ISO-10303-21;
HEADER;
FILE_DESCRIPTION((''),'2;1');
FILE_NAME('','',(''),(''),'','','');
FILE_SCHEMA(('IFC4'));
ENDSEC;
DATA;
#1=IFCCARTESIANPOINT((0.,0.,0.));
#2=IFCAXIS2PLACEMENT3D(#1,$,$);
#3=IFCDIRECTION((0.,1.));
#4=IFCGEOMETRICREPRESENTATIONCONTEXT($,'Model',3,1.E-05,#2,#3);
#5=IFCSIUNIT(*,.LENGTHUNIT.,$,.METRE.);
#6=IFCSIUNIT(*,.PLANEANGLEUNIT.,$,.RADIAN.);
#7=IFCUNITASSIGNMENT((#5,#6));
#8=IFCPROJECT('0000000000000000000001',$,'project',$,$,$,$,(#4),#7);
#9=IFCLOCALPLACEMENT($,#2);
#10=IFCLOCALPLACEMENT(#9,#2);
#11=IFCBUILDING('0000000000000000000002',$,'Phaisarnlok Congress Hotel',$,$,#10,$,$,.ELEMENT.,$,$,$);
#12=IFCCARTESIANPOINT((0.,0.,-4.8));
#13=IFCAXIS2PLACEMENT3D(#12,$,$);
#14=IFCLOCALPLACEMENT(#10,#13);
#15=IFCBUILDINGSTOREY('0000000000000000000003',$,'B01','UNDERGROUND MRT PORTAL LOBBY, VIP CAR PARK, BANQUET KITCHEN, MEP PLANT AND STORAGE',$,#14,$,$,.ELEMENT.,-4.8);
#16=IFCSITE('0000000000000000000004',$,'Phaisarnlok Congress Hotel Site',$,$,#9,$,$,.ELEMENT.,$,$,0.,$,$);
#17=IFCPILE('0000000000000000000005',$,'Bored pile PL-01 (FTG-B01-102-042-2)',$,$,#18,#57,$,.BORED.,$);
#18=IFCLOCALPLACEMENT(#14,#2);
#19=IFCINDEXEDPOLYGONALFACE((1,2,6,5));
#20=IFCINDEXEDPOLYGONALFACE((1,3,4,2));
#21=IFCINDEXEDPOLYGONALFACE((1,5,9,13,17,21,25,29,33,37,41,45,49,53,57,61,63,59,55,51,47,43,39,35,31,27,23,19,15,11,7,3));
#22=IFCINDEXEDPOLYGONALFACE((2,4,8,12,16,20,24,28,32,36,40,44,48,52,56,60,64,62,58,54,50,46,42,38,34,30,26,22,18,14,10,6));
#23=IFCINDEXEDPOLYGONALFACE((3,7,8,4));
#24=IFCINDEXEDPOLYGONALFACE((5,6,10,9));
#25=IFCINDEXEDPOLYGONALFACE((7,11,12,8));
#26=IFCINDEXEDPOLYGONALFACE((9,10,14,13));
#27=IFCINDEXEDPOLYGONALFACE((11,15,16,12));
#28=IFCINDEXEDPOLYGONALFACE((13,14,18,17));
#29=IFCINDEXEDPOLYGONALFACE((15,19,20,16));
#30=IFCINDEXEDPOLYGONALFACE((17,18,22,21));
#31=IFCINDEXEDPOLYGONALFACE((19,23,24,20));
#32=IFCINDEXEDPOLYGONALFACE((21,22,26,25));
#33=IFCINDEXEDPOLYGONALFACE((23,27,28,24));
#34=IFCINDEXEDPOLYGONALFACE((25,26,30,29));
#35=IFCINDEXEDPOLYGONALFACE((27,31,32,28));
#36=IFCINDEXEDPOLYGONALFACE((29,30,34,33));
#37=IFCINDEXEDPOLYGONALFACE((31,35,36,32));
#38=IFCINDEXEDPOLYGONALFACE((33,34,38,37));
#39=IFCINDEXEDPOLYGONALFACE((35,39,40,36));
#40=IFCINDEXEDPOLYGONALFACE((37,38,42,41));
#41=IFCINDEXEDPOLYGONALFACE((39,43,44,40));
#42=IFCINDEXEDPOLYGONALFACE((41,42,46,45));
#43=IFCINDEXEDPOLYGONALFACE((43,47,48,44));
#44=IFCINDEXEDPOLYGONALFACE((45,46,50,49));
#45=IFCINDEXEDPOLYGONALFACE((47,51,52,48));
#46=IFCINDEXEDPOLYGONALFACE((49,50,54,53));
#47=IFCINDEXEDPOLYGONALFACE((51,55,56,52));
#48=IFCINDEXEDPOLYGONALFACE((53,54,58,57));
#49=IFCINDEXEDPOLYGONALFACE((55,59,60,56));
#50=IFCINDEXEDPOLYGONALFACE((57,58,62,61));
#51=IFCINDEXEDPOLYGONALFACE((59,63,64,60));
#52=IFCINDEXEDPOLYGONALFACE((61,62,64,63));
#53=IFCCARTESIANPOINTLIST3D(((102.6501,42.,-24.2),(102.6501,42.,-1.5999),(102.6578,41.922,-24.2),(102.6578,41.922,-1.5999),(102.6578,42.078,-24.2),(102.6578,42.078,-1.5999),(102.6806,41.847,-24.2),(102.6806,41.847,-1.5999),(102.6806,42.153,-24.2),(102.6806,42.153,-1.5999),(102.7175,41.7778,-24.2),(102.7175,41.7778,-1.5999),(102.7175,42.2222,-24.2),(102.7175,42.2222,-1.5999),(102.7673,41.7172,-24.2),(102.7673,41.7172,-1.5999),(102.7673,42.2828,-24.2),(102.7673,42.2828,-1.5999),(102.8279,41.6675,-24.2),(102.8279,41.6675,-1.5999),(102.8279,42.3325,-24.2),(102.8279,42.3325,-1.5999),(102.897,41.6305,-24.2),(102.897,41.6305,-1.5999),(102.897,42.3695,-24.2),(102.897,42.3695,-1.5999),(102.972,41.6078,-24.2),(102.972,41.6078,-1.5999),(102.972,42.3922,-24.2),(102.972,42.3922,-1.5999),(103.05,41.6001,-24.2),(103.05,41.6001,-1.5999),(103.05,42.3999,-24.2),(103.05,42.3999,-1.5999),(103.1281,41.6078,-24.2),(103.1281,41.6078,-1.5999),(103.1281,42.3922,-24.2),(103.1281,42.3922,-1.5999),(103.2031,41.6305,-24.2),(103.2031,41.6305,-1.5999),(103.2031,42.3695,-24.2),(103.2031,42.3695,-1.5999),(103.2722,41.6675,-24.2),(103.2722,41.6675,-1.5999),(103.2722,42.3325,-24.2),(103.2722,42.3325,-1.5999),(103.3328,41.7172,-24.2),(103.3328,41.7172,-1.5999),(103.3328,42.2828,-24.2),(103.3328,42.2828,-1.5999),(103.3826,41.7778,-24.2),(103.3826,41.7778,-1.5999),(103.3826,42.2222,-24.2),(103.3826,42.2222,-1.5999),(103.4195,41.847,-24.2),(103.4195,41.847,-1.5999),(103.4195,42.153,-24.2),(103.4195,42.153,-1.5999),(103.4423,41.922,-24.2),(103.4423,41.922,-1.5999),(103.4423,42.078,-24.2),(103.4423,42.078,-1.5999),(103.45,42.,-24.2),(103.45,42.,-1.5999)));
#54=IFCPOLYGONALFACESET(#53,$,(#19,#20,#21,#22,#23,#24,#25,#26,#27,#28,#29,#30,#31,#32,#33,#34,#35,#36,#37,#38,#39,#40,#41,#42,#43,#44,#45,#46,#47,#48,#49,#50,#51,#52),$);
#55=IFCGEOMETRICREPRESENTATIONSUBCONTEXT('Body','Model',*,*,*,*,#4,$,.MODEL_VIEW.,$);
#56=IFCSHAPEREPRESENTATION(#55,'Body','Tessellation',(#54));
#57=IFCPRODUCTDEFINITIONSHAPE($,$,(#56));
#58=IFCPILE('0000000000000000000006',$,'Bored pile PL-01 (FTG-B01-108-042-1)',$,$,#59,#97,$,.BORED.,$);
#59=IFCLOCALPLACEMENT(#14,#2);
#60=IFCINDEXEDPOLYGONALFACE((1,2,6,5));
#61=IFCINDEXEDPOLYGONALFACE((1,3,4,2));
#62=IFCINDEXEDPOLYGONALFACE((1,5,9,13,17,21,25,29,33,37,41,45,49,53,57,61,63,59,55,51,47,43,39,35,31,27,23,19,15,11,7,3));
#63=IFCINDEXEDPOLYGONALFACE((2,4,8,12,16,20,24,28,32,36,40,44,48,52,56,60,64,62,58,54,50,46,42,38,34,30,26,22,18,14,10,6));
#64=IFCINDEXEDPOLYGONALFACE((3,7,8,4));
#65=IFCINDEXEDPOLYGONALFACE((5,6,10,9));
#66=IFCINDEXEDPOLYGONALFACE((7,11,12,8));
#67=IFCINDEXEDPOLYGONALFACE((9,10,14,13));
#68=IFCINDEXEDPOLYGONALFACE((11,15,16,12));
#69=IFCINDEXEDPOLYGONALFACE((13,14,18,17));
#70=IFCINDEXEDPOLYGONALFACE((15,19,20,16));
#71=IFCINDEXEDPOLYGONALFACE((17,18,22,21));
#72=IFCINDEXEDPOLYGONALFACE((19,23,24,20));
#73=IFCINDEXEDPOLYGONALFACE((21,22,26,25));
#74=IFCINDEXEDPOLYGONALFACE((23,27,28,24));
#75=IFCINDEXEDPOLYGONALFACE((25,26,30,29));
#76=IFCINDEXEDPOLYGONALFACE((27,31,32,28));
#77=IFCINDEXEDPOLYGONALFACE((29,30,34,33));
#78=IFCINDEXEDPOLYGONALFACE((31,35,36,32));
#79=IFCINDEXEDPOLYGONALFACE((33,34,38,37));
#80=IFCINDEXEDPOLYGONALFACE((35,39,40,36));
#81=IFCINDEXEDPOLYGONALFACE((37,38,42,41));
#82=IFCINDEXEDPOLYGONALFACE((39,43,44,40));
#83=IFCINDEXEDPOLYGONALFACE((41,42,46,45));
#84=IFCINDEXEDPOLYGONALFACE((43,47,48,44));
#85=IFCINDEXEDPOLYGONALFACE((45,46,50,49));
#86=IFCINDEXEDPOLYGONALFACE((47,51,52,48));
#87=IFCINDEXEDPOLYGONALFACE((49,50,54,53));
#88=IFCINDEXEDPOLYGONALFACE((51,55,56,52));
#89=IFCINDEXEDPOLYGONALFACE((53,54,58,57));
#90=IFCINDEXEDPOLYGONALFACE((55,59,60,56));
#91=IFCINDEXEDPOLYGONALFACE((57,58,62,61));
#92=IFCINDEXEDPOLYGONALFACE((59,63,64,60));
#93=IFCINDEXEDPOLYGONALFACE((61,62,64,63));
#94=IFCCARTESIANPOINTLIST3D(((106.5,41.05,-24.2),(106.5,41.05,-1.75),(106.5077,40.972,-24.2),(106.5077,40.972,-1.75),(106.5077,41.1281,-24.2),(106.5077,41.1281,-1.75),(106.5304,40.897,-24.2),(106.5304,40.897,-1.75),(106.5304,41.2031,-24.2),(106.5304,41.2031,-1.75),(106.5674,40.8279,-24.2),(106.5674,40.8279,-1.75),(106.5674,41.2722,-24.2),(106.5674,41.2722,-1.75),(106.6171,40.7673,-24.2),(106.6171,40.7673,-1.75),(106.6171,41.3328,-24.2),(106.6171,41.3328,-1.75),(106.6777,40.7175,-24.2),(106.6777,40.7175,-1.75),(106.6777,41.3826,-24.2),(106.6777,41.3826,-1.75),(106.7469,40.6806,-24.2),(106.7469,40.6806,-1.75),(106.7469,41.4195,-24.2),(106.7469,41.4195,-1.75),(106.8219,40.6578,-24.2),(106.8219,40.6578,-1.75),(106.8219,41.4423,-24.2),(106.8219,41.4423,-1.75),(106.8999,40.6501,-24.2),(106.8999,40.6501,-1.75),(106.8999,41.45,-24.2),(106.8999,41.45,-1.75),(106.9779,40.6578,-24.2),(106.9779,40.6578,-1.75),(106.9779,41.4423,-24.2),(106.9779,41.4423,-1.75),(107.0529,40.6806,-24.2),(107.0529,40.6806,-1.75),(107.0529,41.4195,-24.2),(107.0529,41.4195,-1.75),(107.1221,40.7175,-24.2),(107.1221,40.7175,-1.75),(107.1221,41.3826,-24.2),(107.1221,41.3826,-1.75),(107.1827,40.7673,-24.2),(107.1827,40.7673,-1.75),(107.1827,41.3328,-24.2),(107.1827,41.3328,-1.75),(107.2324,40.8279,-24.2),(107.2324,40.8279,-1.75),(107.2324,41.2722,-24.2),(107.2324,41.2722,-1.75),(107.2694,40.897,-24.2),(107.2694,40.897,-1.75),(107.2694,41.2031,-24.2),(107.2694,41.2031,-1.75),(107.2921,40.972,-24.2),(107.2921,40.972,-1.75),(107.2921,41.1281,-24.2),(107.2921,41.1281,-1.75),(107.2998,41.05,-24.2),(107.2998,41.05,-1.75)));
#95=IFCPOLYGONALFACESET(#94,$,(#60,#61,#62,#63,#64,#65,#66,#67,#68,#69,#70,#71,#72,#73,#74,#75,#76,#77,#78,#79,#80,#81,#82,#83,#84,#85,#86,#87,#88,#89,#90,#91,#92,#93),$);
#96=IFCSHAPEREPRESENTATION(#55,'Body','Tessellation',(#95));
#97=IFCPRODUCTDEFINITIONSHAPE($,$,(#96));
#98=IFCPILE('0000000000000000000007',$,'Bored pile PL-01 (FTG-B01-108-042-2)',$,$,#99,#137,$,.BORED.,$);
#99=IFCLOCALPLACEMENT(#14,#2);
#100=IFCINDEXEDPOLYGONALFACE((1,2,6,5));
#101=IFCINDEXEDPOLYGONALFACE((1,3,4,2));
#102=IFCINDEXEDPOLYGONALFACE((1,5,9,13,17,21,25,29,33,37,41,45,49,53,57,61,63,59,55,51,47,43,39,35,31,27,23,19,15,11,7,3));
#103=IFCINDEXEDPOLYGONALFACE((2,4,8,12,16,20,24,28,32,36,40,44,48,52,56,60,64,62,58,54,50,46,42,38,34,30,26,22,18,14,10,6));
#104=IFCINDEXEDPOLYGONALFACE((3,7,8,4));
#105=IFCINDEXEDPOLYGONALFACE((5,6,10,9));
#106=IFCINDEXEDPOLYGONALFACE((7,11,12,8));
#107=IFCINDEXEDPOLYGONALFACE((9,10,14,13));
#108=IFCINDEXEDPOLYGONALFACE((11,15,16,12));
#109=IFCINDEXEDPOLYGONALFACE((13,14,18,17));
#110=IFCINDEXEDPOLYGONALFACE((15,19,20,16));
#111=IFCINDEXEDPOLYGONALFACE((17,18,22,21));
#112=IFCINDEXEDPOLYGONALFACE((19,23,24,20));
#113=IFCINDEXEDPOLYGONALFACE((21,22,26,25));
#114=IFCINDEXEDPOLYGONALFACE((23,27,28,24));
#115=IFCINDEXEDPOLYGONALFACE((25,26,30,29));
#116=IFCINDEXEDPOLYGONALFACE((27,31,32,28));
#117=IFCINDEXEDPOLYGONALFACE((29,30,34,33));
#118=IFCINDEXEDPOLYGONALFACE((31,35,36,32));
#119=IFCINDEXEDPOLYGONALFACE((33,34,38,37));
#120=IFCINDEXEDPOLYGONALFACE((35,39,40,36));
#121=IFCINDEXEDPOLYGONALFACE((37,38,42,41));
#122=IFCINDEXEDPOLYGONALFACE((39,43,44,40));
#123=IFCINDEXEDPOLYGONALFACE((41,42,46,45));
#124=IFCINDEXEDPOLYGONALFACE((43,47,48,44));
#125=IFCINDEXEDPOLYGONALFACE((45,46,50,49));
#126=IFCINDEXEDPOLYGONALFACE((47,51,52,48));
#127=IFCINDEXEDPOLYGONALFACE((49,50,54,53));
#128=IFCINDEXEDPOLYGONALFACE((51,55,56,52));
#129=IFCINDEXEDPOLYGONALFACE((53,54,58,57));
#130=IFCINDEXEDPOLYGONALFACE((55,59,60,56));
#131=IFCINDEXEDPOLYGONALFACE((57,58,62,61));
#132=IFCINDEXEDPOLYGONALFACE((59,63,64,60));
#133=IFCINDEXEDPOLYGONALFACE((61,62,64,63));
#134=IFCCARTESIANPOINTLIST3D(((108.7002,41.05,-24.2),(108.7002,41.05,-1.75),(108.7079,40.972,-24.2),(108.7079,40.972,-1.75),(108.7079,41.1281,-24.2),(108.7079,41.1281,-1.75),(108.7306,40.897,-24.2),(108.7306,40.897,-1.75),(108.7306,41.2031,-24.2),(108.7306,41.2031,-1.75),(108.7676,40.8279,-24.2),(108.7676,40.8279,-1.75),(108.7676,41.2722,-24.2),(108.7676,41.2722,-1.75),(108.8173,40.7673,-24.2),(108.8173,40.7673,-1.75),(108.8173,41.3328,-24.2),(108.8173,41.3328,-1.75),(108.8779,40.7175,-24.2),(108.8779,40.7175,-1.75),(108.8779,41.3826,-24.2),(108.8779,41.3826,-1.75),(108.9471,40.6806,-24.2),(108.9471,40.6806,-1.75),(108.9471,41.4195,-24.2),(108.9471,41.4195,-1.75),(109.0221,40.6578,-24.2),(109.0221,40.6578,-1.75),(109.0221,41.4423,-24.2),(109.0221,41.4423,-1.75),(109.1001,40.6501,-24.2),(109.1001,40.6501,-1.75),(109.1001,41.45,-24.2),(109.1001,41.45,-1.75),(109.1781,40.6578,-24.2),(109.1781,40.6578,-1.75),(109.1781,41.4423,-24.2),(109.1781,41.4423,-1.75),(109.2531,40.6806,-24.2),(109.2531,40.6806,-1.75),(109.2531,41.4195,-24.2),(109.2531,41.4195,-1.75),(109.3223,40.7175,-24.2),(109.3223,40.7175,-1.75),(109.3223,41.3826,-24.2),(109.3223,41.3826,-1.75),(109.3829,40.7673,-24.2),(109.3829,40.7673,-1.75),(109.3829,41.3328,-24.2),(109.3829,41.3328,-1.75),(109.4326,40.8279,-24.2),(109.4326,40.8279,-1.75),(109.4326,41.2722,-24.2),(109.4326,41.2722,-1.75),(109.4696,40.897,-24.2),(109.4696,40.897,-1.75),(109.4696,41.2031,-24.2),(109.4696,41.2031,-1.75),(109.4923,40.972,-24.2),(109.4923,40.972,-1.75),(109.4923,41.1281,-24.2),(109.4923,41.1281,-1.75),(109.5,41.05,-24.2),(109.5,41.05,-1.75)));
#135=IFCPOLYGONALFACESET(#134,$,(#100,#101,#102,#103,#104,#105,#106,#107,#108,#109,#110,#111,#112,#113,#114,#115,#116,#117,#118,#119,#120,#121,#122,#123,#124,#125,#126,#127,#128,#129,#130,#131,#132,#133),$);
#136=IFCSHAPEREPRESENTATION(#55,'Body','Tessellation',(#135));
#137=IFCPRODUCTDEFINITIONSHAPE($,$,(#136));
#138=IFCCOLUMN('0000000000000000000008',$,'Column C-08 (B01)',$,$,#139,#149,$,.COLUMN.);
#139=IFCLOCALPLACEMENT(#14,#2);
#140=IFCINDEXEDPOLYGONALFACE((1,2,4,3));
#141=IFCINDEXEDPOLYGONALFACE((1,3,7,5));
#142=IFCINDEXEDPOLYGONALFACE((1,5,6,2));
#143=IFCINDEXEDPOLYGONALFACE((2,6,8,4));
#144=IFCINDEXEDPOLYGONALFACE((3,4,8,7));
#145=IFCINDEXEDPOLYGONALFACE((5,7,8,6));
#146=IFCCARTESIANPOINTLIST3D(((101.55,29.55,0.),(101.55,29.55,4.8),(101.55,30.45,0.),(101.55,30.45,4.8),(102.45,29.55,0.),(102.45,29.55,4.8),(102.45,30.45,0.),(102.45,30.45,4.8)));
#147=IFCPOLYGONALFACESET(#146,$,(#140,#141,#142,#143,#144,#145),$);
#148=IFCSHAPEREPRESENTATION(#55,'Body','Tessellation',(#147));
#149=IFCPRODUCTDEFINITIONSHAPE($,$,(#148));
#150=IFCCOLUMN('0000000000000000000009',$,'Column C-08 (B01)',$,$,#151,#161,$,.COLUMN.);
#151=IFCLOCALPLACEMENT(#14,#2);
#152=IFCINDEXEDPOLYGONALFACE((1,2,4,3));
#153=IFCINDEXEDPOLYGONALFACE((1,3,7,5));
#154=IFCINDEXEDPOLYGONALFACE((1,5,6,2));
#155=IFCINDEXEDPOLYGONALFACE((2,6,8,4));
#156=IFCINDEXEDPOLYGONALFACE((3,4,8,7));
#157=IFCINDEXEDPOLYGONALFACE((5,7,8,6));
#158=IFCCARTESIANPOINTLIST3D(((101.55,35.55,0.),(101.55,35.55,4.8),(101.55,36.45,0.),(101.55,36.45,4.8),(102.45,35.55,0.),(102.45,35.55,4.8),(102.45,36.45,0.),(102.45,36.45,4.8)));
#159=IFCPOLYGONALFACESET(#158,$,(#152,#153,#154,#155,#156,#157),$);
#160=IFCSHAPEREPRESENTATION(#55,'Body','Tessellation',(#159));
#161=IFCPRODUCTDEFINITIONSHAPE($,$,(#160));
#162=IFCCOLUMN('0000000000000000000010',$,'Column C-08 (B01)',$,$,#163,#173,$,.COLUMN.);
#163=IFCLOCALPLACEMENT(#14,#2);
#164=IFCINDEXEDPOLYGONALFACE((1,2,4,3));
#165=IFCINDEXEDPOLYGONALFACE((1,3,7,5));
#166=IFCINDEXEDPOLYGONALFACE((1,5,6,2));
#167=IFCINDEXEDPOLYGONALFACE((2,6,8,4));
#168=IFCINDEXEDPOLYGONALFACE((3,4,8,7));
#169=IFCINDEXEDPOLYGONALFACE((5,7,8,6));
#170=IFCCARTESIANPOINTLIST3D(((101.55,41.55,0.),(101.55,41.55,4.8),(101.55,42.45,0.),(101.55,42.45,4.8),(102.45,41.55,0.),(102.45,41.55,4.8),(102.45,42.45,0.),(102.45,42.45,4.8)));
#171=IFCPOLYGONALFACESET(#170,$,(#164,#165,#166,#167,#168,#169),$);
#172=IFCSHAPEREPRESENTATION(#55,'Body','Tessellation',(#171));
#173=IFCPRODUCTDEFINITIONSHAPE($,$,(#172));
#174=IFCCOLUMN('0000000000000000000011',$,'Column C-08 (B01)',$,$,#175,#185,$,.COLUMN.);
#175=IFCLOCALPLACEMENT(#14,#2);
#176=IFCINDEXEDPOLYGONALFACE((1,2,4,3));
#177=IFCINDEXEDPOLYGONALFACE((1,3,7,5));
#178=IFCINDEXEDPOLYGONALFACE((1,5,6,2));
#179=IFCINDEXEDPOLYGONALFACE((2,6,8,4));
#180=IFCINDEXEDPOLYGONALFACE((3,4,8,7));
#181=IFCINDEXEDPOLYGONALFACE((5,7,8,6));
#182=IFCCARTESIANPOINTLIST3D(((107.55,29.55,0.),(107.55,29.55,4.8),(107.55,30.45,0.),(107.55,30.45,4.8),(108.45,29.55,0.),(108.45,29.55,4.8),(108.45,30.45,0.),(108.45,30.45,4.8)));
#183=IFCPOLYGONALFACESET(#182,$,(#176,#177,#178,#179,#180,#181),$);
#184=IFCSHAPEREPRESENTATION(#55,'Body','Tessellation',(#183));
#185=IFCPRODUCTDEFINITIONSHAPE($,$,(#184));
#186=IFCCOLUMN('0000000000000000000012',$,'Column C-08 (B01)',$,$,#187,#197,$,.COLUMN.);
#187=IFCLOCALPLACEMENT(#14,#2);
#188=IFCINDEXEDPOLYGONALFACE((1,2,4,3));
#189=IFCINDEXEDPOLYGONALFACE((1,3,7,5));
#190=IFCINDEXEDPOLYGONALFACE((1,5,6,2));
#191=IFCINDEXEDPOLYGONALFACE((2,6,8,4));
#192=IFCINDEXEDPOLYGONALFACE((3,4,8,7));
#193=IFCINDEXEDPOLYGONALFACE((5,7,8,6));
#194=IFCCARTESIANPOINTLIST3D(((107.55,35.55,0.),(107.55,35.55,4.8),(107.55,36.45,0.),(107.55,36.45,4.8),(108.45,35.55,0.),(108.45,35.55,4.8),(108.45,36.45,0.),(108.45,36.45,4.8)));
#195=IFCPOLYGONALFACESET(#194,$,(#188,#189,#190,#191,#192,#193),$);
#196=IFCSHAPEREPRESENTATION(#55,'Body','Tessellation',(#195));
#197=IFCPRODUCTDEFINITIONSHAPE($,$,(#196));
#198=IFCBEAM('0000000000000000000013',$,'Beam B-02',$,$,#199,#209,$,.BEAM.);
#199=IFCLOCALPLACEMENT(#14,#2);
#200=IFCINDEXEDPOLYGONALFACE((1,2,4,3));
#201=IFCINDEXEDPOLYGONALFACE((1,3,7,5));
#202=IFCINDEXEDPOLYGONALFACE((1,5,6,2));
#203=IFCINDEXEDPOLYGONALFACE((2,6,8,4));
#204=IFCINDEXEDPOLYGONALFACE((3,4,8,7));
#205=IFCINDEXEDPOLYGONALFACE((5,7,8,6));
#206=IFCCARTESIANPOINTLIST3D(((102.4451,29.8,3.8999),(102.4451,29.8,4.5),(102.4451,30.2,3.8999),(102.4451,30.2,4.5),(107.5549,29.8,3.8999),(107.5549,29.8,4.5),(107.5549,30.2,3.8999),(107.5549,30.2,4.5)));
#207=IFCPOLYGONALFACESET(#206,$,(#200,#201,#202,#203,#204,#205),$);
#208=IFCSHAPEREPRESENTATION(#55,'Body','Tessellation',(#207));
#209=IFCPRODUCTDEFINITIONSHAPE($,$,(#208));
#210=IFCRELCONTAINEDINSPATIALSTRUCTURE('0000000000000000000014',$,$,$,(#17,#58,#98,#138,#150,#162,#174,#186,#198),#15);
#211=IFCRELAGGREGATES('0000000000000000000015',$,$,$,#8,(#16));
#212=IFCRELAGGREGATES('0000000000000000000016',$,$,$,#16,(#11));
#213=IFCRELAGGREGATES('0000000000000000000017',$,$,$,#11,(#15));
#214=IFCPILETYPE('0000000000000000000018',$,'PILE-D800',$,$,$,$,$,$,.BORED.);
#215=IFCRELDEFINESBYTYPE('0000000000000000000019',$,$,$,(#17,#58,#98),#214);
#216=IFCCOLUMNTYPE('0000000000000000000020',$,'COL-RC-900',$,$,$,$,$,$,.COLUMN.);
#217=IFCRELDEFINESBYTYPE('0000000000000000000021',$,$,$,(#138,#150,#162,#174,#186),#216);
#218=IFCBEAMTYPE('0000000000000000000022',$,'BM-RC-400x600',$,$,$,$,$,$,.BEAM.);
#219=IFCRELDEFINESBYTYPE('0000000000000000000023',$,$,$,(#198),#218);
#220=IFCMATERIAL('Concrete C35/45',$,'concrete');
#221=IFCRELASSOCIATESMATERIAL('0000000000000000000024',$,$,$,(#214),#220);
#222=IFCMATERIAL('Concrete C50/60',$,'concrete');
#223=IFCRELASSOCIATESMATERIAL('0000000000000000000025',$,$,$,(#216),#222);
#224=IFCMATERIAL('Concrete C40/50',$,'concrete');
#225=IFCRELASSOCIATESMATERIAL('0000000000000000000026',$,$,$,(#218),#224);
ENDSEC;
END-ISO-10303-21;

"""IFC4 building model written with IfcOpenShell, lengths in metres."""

from ifc_helpers import new_model, si_unit, direction, frame, origin, origin_2d, place, context, subcontext, project, spatial, rectangle, circle, extrude, material, material_profile, profile_set, type_object, element, save


model = new_model("IFC4")

# Units and contexts
model_context = context("Model", 3, precision=1e-05, world=origin(), true_north=direction((0.0, 1.0)))
body_context = subcontext(model_context, "Body", "Model", "MODEL_VIEW")
ifc_project = project(units=[si_unit("LENGTHUNIT", "METRE"), si_unit("PLANEANGLEUNIT", "RADIAN")], contexts=[model_context])

# Site, building, storey
site_placement = place(None, origin())
site = spatial("IfcSite", under=ifc_project, at=site_placement, Name="Phaisarnlok Congress Hotel Site", CompositionType="ELEMENT", RefElevation=0.0)
building_placement = place(site_placement, origin())
building = spatial("IfcBuilding", under=site, at=building_placement, Name="Phaisarnlok Congress Hotel", CompositionType="ELEMENT")
storey_placement = place(building_placement, frame((0.0, 0.0, -4.8)))
storey = spatial("IfcBuildingStorey", under=building, at=storey_placement, Name="B01", Description="UNDERGROUND MRT PORTAL LOBBY, VIP CAR PARK, BANQUET KITCHEN, MEP PLANT AND STORAGE", CompositionType="ELEMENT", Elevation=-4.8)

# Shared definitions
ifc_material_1 = material(Name="Concrete C40/50", Category="concrete")

# Piles
ifc_material_2 = material(Name="Concrete C35/45", Category="concrete")
ifc_material_profile_1 = material_profile(ifc_material_2, circle(Radius=0.3999, at=origin_2d()), Name="BORED PILE D800")
ifc_profile_set_1 = profile_set([ifc_material_profile_1], Name="Concrete C35/45")
pile_type_1 = type_object("IfcPileType", Name="PILE-D800", PredefinedType="BORED", material=ifc_profile_set_1)
pile_1_placement = place(storey_placement, frame((103.05, 42.0, -1.5999), z_axis=(0.0, 0.0, -1.0), x_axis=(1.0, 0.0, 0.0)))
element("IfcPile", 1, at=pile_1_placement, inside=storey, type_object=pile_type_1, Name="Bored pile PL-01 (FTG-B01-102-042-2)", PredefinedType="BORED", context=body_context, shape_type="SweptSolid", body=[
    extrude(circle(Radius=0.3999, at=origin_2d()), origin(), (0.0, 0.0, 1.0), 22.6001),
])
for number, where, z_axis, x_axis, name in (
    (2, (106.8999, 41.05, -1.75), (0.0, 0.0, -1.0), (1.0, 0.0, 0.0), "Bored pile PL-01 (FTG-B01-108-042-1)"),
    (3, (109.1001, 41.05, -1.75), (0.0, 0.0, -1.0), (1.0, 0.0, 0.0), "Bored pile PL-01 (FTG-B01-108-042-2)"),
):
    element("IfcPile", number, at=place(storey_placement, frame(where, z_axis=z_axis, x_axis=x_axis)), inside=storey, type_object=pile_type_1, Name=name, PredefinedType="BORED", context=body_context, shape_type="SweptSolid", body=[
        extrude(circle(Radius=0.3999, at=origin_2d()), origin(), (0.0, 0.0, 1.0), 22.45),
    ])

# Columns
ifc_material_3 = material(Name="Concrete C50/60", Category="concrete")
ifc_material_profile_2 = material_profile(ifc_material_3, rectangle(XDim=0.8999, YDim=0.8999, at=origin_2d()), Name="RC 900x900")
ifc_profile_set_2 = profile_set([ifc_material_profile_2], Name="Concrete C50/60")
column_type = type_object("IfcColumnType", Name="COL-RC-900", PredefinedType="COLUMN", material=ifc_profile_set_2)
for number, where, z_axis, x_axis, name in (
    (4, (102.0, 30.0, 0.0), (0.0, 0.0, 1.0), (1.0, 0.0, 0.0), "Column C-08 (B01)"),
    (5, (102.0, 36.0, 0.0), (0.0, 0.0, 1.0), (1.0, 0.0, 0.0), "Column C-08 (B01)"),
    (6, (102.0, 42.0, 0.0), (0.0, 0.0, 1.0), (1.0, 0.0, 0.0), "Column C-08 (B01)"),
    (7, (108.0, 30.0, 0.0), (0.0, 0.0, 1.0), (1.0, 0.0, 0.0), "Column C-08 (B01)"),
    (8, (108.0, 36.0, 0.0), (0.0, 0.0, 1.0), (1.0, 0.0, 0.0), "Column C-08 (B01)"),
):
    element("IfcColumn", number, at=place(storey_placement, frame(where, z_axis=z_axis, x_axis=x_axis)), inside=storey, type_object=column_type, Name=name, PredefinedType="COLUMN", context=body_context, shape_type="SweptSolid", body=[
        extrude(rectangle(XDim=0.8999, YDim=0.8999, at=origin_2d()), origin(), (0.0, 0.0, 1.0), 4.8),
    ])

# Beam
ifc_material_profile_3 = material_profile(ifc_material_1, rectangle(XDim=0.3999, YDim=0.6001, at=origin_2d()), Name="RC 400x600")
ifc_profile_set_3 = profile_set([ifc_material_profile_3], Name="Concrete C40/50")
beam_type_1 = type_object("IfcBeamType", Name="BM-RC-400x600", PredefinedType="BEAM", material=ifc_profile_set_3)
beam_1_placement = place(storey_placement, frame((102.4451, 30.0, 4.2), z_axis=(1.0, 0.0, 0.0), x_axis=(0.0, 1.0, 0.0)))
element("IfcBeam", 9, at=beam_1_placement, inside=storey, type_object=beam_type_1, Name="Beam B-02", PredefinedType="BEAM", context=body_context, shape_type="SweptSolid", body=[
    extrude(rectangle(XDim=0.3999, YDim=0.6001, at=origin_2d()), origin(), (0.0, 0.0, 1.0), 5.1099),
])

save(model, "model.ifc")
